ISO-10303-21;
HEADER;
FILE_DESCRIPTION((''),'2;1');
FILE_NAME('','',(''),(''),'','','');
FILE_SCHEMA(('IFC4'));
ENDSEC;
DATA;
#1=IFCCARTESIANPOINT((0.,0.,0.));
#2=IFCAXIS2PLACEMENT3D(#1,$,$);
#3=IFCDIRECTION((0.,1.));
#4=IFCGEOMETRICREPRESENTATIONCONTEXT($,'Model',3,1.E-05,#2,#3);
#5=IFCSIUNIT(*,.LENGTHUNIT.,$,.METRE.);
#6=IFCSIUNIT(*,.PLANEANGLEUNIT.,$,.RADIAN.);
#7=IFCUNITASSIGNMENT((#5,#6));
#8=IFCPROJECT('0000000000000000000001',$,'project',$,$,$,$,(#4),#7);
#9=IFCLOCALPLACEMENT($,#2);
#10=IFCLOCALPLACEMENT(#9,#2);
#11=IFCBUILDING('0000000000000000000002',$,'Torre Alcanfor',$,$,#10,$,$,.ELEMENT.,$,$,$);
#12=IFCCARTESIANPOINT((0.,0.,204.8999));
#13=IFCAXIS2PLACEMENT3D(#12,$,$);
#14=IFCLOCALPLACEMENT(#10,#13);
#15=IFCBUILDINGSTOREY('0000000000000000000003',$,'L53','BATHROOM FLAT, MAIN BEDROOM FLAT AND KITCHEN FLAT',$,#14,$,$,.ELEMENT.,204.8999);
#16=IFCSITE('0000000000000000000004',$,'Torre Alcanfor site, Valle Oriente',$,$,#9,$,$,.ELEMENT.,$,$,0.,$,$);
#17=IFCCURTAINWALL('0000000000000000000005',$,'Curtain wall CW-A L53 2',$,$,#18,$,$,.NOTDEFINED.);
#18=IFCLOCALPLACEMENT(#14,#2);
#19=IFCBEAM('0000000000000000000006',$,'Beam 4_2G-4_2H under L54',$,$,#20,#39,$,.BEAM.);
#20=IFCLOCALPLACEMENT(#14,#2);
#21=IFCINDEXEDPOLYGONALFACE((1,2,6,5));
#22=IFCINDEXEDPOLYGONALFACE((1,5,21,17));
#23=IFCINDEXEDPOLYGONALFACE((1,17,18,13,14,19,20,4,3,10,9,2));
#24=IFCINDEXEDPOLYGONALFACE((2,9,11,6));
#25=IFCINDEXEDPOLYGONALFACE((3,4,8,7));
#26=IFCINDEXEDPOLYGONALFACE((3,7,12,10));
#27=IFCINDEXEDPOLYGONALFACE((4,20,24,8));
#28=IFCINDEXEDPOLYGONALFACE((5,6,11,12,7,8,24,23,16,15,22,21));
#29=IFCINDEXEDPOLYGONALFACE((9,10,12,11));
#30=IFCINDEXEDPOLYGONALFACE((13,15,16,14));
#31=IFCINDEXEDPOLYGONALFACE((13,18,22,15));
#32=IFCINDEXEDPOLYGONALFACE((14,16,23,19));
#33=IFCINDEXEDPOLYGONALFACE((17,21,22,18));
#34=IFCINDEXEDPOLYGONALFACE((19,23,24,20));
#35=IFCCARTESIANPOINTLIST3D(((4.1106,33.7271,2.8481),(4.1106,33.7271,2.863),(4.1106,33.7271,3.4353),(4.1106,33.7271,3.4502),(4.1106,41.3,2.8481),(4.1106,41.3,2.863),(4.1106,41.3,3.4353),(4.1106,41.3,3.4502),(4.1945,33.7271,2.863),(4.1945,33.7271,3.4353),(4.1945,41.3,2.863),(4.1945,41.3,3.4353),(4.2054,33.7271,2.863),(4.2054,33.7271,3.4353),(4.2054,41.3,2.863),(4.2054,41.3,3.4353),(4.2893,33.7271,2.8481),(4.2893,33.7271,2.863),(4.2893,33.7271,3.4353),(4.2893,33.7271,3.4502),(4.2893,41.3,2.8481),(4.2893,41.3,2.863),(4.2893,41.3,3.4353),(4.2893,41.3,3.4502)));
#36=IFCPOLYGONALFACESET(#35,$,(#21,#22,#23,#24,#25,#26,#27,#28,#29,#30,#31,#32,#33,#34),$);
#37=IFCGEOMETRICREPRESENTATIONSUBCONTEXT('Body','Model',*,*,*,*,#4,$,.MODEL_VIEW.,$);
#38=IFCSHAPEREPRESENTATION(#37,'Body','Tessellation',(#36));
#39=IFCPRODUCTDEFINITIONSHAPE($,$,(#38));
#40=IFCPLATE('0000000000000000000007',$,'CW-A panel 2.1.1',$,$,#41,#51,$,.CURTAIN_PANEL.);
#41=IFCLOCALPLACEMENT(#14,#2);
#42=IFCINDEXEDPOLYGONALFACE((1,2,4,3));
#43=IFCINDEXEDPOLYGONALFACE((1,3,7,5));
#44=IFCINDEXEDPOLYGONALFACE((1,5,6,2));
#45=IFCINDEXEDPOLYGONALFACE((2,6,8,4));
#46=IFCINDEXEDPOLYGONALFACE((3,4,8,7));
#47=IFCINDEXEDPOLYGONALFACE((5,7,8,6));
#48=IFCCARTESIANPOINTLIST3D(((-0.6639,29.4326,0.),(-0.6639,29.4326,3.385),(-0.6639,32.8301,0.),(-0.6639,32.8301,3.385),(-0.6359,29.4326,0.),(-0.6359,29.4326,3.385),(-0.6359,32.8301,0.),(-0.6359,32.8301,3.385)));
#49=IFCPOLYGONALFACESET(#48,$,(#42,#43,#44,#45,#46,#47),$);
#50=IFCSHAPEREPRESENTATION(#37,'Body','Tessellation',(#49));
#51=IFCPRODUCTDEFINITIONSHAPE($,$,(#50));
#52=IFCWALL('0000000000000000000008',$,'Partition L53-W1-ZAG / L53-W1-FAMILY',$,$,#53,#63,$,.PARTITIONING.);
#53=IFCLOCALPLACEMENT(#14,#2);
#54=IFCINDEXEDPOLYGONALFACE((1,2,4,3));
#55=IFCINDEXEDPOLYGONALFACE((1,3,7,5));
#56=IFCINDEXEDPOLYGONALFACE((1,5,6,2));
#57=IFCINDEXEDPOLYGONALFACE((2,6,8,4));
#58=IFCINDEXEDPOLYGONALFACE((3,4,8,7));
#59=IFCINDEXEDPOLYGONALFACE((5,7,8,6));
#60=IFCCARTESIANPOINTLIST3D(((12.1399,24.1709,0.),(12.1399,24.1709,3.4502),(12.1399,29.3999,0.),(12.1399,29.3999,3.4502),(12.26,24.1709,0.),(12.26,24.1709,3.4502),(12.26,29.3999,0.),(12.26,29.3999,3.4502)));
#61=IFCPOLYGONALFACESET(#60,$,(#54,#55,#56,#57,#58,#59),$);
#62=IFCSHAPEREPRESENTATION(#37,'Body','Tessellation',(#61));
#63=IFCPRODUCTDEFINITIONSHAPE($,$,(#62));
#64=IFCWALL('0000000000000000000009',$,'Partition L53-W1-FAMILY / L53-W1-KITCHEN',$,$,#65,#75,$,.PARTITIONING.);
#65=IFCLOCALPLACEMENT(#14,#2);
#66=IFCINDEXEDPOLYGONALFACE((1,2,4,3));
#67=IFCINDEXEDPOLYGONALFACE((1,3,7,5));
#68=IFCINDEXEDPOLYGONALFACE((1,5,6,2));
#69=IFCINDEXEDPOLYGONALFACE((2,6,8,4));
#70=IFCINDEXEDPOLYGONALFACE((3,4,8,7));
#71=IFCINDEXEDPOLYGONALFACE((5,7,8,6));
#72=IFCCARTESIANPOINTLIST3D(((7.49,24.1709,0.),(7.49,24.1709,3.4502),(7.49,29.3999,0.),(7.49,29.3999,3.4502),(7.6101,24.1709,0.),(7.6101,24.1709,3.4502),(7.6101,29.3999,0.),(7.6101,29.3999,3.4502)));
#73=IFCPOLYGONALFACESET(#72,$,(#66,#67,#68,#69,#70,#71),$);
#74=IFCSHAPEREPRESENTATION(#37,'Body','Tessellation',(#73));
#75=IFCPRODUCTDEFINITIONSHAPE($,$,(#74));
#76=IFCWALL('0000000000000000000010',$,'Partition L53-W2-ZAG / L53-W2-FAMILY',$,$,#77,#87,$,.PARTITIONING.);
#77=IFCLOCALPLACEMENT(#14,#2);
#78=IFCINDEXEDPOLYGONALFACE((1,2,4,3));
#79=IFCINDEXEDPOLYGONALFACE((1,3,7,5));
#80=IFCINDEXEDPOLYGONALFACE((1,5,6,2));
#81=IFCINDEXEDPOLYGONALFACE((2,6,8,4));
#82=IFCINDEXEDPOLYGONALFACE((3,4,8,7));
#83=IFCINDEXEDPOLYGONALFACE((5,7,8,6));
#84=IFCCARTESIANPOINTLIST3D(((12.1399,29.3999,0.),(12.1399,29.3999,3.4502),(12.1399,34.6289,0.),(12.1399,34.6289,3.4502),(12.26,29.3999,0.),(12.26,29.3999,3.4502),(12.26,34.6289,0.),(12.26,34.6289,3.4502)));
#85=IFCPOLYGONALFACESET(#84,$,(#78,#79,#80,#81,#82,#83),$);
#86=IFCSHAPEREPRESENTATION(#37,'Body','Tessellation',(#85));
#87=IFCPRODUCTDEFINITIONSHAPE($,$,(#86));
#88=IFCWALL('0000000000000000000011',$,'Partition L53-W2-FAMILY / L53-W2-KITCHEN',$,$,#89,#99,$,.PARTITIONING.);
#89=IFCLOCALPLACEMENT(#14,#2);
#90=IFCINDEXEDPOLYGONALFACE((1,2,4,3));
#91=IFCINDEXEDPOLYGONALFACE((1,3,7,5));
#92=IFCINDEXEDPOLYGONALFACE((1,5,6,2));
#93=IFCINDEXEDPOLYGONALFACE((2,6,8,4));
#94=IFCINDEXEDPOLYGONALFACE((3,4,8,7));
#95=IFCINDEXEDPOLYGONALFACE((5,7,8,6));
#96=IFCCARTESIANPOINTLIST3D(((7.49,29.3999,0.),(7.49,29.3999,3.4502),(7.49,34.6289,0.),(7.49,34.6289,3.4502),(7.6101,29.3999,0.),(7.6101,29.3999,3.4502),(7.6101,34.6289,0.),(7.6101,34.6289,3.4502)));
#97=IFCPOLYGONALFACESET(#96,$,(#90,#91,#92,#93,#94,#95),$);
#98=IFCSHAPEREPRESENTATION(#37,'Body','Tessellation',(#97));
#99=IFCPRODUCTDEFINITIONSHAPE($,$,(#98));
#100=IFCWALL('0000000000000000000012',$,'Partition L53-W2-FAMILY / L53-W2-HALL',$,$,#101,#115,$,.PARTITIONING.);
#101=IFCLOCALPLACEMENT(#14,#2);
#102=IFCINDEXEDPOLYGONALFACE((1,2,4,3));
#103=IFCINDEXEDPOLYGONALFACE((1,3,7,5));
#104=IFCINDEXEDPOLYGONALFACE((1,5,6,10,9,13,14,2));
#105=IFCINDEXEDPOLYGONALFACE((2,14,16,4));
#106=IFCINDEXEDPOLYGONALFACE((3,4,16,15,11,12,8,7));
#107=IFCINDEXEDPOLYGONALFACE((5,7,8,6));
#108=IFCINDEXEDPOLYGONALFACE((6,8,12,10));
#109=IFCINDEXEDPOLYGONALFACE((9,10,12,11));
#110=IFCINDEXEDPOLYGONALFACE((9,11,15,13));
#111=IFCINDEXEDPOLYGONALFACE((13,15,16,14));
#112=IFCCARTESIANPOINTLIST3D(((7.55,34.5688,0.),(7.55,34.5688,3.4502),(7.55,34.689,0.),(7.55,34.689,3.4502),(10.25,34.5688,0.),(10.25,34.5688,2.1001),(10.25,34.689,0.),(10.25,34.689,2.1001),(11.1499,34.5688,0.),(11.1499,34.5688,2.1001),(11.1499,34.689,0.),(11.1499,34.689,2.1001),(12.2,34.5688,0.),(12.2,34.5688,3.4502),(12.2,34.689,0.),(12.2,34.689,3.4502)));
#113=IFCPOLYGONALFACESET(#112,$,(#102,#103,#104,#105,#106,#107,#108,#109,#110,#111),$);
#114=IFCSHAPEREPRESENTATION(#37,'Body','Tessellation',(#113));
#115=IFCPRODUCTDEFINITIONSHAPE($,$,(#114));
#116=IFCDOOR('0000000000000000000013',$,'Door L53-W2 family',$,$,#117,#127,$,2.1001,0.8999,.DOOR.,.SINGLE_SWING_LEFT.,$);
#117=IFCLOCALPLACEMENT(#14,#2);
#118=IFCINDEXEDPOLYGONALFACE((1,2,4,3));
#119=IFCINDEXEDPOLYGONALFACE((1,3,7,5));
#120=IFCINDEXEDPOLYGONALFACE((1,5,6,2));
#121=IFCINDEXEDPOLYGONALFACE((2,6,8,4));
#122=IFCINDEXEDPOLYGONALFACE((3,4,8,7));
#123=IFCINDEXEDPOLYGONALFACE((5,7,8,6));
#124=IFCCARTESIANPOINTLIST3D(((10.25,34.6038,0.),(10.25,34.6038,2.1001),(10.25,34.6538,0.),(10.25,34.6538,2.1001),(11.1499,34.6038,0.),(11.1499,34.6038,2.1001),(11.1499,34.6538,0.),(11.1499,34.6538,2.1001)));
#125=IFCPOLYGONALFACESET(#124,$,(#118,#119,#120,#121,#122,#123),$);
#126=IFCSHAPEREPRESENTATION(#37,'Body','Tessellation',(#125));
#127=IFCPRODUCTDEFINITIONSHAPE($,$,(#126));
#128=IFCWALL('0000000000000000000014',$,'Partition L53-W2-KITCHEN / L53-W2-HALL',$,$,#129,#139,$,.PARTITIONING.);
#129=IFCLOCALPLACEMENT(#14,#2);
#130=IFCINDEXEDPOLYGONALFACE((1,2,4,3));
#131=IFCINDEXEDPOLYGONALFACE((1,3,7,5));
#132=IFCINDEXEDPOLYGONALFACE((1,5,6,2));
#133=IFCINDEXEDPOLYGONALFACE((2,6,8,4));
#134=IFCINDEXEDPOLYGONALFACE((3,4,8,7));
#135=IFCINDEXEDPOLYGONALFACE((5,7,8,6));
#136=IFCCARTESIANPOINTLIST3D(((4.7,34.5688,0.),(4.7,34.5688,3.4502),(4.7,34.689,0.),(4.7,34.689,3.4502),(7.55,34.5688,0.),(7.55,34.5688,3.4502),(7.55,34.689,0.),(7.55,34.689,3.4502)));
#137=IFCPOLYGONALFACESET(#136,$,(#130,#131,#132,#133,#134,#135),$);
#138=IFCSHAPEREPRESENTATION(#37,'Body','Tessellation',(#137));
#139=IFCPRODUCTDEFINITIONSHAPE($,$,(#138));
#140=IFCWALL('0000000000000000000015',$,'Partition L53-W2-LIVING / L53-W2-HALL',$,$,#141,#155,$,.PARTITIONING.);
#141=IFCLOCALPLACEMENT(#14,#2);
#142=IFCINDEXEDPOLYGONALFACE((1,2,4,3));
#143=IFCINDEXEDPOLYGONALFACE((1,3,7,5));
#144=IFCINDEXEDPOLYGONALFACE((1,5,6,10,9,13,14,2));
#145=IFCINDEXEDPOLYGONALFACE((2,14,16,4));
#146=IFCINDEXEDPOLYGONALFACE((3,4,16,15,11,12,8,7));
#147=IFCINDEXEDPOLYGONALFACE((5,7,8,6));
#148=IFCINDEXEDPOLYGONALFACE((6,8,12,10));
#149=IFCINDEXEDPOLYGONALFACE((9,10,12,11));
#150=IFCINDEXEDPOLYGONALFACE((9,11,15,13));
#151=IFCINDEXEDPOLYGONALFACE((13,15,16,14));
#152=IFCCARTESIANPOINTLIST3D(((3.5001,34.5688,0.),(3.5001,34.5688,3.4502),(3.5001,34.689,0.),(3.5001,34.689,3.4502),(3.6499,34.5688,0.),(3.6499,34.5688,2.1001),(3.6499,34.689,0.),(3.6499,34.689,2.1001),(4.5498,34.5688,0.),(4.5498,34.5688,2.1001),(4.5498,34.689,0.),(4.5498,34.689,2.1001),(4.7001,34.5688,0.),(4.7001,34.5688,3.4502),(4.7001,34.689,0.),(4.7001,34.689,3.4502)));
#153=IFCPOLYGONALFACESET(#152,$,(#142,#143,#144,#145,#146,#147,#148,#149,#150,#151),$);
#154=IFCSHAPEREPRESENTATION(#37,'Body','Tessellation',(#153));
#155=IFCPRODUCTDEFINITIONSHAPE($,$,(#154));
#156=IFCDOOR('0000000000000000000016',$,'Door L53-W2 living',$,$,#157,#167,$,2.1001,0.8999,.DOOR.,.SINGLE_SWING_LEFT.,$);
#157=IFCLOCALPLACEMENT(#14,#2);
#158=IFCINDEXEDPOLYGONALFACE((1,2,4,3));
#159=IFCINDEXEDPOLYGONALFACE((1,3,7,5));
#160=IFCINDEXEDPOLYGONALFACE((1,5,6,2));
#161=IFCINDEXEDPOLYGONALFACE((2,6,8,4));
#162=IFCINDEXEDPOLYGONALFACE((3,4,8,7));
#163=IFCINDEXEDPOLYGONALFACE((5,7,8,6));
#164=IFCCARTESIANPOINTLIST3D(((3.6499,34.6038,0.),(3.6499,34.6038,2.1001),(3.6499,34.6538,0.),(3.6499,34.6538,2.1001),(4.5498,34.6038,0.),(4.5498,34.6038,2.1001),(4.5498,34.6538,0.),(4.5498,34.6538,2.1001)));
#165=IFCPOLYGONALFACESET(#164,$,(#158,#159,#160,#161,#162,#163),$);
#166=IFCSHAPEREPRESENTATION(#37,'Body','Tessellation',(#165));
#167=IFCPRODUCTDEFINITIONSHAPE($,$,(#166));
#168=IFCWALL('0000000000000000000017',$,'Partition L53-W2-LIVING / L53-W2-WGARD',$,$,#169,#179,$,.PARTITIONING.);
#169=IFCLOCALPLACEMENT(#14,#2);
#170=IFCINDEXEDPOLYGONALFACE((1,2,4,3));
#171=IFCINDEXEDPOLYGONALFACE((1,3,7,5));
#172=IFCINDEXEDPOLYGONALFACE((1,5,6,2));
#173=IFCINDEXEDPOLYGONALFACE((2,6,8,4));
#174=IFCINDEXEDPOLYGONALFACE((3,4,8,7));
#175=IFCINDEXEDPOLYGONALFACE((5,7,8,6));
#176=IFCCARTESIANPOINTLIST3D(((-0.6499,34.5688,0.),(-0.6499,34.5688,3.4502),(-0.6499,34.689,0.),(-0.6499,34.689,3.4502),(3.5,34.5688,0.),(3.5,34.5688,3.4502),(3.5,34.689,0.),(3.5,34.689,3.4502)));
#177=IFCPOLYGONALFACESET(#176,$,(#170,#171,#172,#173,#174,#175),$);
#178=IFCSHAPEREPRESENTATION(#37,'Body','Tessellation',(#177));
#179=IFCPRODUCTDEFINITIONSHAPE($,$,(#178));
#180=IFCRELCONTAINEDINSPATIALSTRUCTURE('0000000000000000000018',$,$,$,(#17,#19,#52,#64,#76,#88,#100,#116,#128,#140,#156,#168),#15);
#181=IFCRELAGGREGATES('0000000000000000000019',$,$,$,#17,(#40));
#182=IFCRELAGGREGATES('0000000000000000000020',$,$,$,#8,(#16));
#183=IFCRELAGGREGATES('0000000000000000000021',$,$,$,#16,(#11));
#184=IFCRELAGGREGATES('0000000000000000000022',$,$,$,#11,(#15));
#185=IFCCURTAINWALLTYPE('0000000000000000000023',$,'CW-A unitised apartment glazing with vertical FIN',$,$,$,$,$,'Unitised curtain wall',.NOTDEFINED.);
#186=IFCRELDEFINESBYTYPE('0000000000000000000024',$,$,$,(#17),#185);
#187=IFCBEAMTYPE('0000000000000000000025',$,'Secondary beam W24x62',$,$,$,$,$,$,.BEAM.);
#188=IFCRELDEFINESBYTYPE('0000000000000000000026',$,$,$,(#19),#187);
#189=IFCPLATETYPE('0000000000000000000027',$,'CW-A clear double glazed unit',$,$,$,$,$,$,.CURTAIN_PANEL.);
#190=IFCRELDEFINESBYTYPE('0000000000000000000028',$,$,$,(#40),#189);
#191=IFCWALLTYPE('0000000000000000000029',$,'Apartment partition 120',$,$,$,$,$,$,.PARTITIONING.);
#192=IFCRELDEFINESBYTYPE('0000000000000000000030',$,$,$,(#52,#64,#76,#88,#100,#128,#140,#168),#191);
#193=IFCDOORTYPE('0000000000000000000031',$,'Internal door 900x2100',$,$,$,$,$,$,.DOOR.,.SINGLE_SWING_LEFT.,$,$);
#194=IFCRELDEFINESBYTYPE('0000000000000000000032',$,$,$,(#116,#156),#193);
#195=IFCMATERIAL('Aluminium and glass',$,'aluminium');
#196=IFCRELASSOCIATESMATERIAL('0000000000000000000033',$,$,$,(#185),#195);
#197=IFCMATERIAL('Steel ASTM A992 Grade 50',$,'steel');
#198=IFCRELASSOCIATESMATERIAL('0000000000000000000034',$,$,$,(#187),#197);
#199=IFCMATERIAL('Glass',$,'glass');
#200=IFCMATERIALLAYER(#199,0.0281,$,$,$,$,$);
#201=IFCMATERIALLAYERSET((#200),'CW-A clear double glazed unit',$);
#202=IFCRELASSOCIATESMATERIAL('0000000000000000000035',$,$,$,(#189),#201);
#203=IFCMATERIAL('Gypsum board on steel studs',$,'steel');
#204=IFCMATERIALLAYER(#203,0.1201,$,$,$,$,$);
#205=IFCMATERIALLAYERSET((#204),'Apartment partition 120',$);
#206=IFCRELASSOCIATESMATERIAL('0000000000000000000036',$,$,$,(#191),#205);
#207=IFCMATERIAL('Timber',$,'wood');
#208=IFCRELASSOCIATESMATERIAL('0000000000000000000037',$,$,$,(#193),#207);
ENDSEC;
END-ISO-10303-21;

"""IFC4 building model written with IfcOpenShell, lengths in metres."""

from ifc_helpers import new_model, si_unit, direction, frame, frame_2d, origin, origin_2d, place, context, subcontext, project, spatial, rectangle, i_section, extrude, material, layer, layer_set, material_profile, profile_set, type_object, element, fill, aggregate, save


model = new_model("IFC4")

# Units and contexts
model_context = context("Model", 3, precision=1e-05, world=origin(), true_north=direction((0.0, 1.0)))
body_context = subcontext(model_context, "Body", "Model", "MODEL_VIEW")
ifc_project = project(units=[si_unit("LENGTHUNIT", "METRE"), si_unit("PLANEANGLEUNIT", "RADIAN")], contexts=[model_context])

# Site, building, storey
site_placement = place(None, origin())
site = spatial("IfcSite", under=ifc_project, at=site_placement, Name="Torre Alcanfor site, Valle Oriente", CompositionType="ELEMENT", RefElevation=0.0)
building_placement = place(site_placement, origin())
building = spatial("IfcBuilding", under=site, at=building_placement, Name="Torre Alcanfor", CompositionType="ELEMENT")
storey_placement = place(building_placement, frame((0.0, 0.0, 204.8999)))
storey = spatial("IfcBuildingStorey", under=building, at=storey_placement, Name="L53", Description="BATHROOM FLAT, MAIN BEDROOM FLAT AND KITCHEN FLAT", CompositionType="ELEMENT", Elevation=204.8999)

# Curtain wall
ifc_material_1 = material(Name="Aluminium and glass", Category="aluminium")
curtain_wall_type = type_object("IfcCurtainWallType", Name="CW-A unitised apartment glazing with vertical FIN", ElementType="Unitised curtain wall", PredefinedType="NOTDEFINED", material=ifc_material_1)
curtain_wall_placement = place(storey_placement, origin())
curtain_wall = element("IfcCurtainWall", 1, at=curtain_wall_placement, inside=storey, type_object=curtain_wall_type, Name="Curtain wall CW-A L53 2", PredefinedType="NOTDEFINED")

# Beam
ifc_material_2 = material(Name="Steel ASTM A992 Grade 50", Category="steel")
ifc_material_profile_1 = material_profile(ifc_material_2, i_section(OverallWidth=0.1787, OverallDepth=0.6021, WebThickness=0.011, FlangeThickness=0.0149, at=origin_2d()), Name="W24x62")
ifc_profile_set_1 = profile_set([ifc_material_profile_1], Name="Steel ASTM A992 Grade 50")
beam_type_1 = type_object("IfcBeamType", Name="Secondary beam W24x62", PredefinedType="BEAM", material=ifc_profile_set_1)
beam_1_placement = place(storey_placement, frame((4.2, 33.7271, 3.1492), z_axis=(0.0, 1.0, 0.0), x_axis=(-1.0, 0.0, 0.0)))
element("IfcBeam", 2, at=beam_1_placement, inside=storey, type_object=beam_type_1, Name="Beam 4_2G-4_2H under L54", PredefinedType="BEAM", context=body_context, shape_type="SweptSolid", body=[
    extrude(i_section(OverallWidth=0.1787, OverallDepth=0.6021, WebThickness=0.011, FlangeThickness=0.0149, at=origin_2d()), origin(), (0.0, 0.0, 1.0), 7.573),
])

# Plate
ifc_material_3 = material(Name="Glass", Category="glass")
ifc_layer_1 = layer(ifc_material_3, 0.0281)
ifc_layer_set_1 = layer_set([ifc_layer_1], Name="CW-A clear double glazed unit")
plate_type = type_object("IfcPlateType", Name="CW-A clear double glazed unit", PredefinedType="CURTAIN_PANEL", material=ifc_layer_set_1)
plate_placement = place(storey_placement, frame((-0.6499, 31.1313, 0.0), z_axis=(0.0, 0.0, 1.0), x_axis=(0.0, -1.0, 0.0)))
plate = element("IfcPlate", 3, at=plate_placement, type_object=plate_type, Name="CW-A panel 2.1.1", PredefinedType="CURTAIN_PANEL", context=body_context, shape_type="SweptSolid", body=[
    extrude(rectangle(XDim=3.3975, YDim=0.0281, at=origin_2d()), origin(), (0.0, 0.0, 1.0), 3.385),
])
aggregate(curtain_wall, [plate])

# Walls
ifc_material_4 = material(Name="Gypsum board on steel studs", Category="steel")
ifc_layer_2 = layer(ifc_material_4, 0.1201)
ifc_layer_set_2 = layer_set([ifc_layer_2], Name="Apartment partition 120")
wall_type_1 = type_object("IfcWallType", Name="Apartment partition 120", PredefinedType="PARTITIONING", material=ifc_layer_set_2)
for number, where, z_axis, x_axis, name in (
    (4, (12.2, 29.3999, 0.0), (0.0, 0.0, 1.0), (0.0, -1.0, 0.0), "Partition L53-W1-ZAG / L53-W1-FAMILY"),
    (5, (7.55, 29.3999, 0.0), (0.0, 0.0, 1.0), (0.0, -1.0, 0.0), "Partition L53-W1-FAMILY / L53-W1-KITCHEN"),
    (6, (12.2, 29.3999, 0.0), (0.0, 0.0, 1.0), (0.0, 1.0, 0.0), "Partition L53-W2-ZAG / L53-W2-FAMILY"),
    (7, (7.55, 29.3999, 0.0), (0.0, 0.0, 1.0), (0.0, 1.0, 0.0), "Partition L53-W2-FAMILY / L53-W2-KITCHEN"),
):
    element("IfcWall", number, at=place(storey_placement, frame(where, z_axis=z_axis, x_axis=x_axis)), inside=storey, type_object=wall_type_1, Name=name, PredefinedType="PARTITIONING", context=body_context, shape_type="SweptSolid", body=[
        extrude(rectangle(XDim=5.229, YDim=0.1201, at=frame_2d((2.6145, 0.0))), origin(), (0.0, 0.0, 1.0), 3.4502),
    ])

# Wall, opening, door
wall_1_placement = place(storey_placement, frame((7.55, 34.6289, 0.0), z_axis=(0.0, 0.0, 1.0), x_axis=(1.0, 0.0, 0.0)))
wall_1 = element("IfcWall", 8, at=wall_1_placement, inside=storey, type_object=wall_type_1, Name="Partition L53-W2-FAMILY / L53-W2-HALL", PredefinedType="PARTITIONING", context=body_context, shape_type="SweptSolid", body=[
    extrude(rectangle(XDim=4.6499, YDim=0.1201, at=frame_2d((2.325, 0.0))), origin(), (0.0, 0.0, 1.0), 3.4502),
])
opening_1_placement = place(wall_1_placement, frame((2.7, 0.0, 0.0)))
opening_1 = element("IfcOpeningElement", 9, at=opening_1_placement, cuts=wall_1, PredefinedType="OPENING", context=body_context, shape_type="SweptSolid", body=[
    extrude(rectangle(XDim=0.8999, YDim=2.1001, at=frame_2d((0.45, 1.05))), frame((0.0, 0.0701, 0.0), z_axis=(0.0, -1.0, 0.0), x_axis=(1.0, 0.0, 0.0)), (0.0, 0.0, 1.0), 0.1401),
])
ifc_material_5 = material(Name="Timber", Category="wood")
door_type = type_object("IfcDoorType", Name="Internal door 900x2100", OperationType="SINGLE_SWING_LEFT", PredefinedType="DOOR", material=ifc_material_5)
door_1_placement = place(opening_1_placement, frame((0.8999, 0.0, 0.0), z_axis=(0.0, 0.0, 1.0), x_axis=(-1.0, 0.0, 0.0)))
door_1 = element("IfcDoor", 10, at=door_1_placement, inside=storey, type_object=door_type, Name="Door L53-W2 family", OperationType="SINGLE_SWING_LEFT", OverallHeight=2.1001, OverallWidth=0.8999, PredefinedType="DOOR", context=body_context, shape_type="SweptSolid", body=[
    extrude(rectangle(XDim=0.8999, YDim=2.1001, at=frame_2d((0.45, 1.05))), frame((0.0, 0.0251, 0.0), z_axis=(0.0, -1.0, 0.0), x_axis=(1.0, 0.0, 0.0)), (0.0, 0.0, 1.0), 0.05),
])
fill(opening_1, door_1)

# Wall
wall_2_placement = place(storey_placement, frame((4.7, 34.6289, 0.0), z_axis=(0.0, 0.0, 1.0), x_axis=(1.0, 0.0, 0.0)))
element("IfcWall", 11, at=wall_2_placement, inside=storey, type_object=wall_type_1, Name="Partition L53-W2-KITCHEN / L53-W2-HALL", PredefinedType="PARTITIONING", context=body_context, shape_type="SweptSolid", body=[
    extrude(rectangle(XDim=2.8501, YDim=0.1201, at=frame_2d((1.425, 0.0))), origin(), (0.0, 0.0, 1.0), 3.4502),
])

# Wall, opening, door
wall_3_placement = place(storey_placement, frame((3.5, 34.6289, 0.0), z_axis=(0.0, 0.0, 1.0), x_axis=(1.0, 0.0, 0.0)))
wall_3 = element("IfcWall", 12, at=wall_3_placement, inside=storey, type_object=wall_type_1, Name="Partition L53-W2-LIVING / L53-W2-HALL", PredefinedType="PARTITIONING", context=body_context, shape_type="SweptSolid", body=[
    extrude(rectangle(XDim=1.2, YDim=0.1201, at=frame_2d((0.6001, 0.0))), origin(), (0.0, 0.0, 1.0), 3.4502),
])
opening_2_placement = place(wall_3_placement, frame((0.1499, 0.0, 0.0)))
opening_2 = element("IfcOpeningElement", 13, at=opening_2_placement, cuts=wall_3, PredefinedType="OPENING", context=body_context, shape_type="SweptSolid", body=[
    extrude(rectangle(XDim=0.8999, YDim=2.1001, at=frame_2d((0.45, 1.05))), frame((0.0, 0.0701, 0.0), z_axis=(0.0, -1.0, 0.0), x_axis=(1.0, 0.0, 0.0)), (0.0, 0.0, 1.0), 0.1401),
])
door_2_placement = place(opening_2_placement, frame((0.8999, 0.0, 0.0), z_axis=(0.0, 0.0, 1.0), x_axis=(-1.0, 0.0, 0.0)))
door_2 = element("IfcDoor", 14, at=door_2_placement, inside=storey, type_object=door_type, Name="Door L53-W2 living", OperationType="SINGLE_SWING_LEFT", OverallHeight=2.1001, OverallWidth=0.8999, PredefinedType="DOOR", context=body_context, shape_type="SweptSolid", body=[
    extrude(rectangle(XDim=0.8999, YDim=2.1001, at=frame_2d((0.45, 1.05))), frame((0.0, 0.0251, 0.0), z_axis=(0.0, -1.0, 0.0), x_axis=(1.0, 0.0, 0.0)), (0.0, 0.0, 1.0), 0.05),
])
fill(opening_2, door_2)

# Wall
wall_4_placement = place(storey_placement, frame((-0.6499, 34.6289, 0.0), z_axis=(0.0, 0.0, 1.0), x_axis=(1.0, 0.0, 0.0)))
element("IfcWall", 15, at=wall_4_placement, inside=storey, type_object=wall_type_1, Name="Partition L53-W2-LIVING / L53-W2-WGARD", PredefinedType="PARTITIONING", context=body_context, shape_type="SweptSolid", body=[
    extrude(rectangle(XDim=4.1499, YDim=0.1201, at=frame_2d((2.075, 0.0))), origin(), (0.0, 0.0, 1.0), 3.4502),
])

save(model, "model.ifc")
